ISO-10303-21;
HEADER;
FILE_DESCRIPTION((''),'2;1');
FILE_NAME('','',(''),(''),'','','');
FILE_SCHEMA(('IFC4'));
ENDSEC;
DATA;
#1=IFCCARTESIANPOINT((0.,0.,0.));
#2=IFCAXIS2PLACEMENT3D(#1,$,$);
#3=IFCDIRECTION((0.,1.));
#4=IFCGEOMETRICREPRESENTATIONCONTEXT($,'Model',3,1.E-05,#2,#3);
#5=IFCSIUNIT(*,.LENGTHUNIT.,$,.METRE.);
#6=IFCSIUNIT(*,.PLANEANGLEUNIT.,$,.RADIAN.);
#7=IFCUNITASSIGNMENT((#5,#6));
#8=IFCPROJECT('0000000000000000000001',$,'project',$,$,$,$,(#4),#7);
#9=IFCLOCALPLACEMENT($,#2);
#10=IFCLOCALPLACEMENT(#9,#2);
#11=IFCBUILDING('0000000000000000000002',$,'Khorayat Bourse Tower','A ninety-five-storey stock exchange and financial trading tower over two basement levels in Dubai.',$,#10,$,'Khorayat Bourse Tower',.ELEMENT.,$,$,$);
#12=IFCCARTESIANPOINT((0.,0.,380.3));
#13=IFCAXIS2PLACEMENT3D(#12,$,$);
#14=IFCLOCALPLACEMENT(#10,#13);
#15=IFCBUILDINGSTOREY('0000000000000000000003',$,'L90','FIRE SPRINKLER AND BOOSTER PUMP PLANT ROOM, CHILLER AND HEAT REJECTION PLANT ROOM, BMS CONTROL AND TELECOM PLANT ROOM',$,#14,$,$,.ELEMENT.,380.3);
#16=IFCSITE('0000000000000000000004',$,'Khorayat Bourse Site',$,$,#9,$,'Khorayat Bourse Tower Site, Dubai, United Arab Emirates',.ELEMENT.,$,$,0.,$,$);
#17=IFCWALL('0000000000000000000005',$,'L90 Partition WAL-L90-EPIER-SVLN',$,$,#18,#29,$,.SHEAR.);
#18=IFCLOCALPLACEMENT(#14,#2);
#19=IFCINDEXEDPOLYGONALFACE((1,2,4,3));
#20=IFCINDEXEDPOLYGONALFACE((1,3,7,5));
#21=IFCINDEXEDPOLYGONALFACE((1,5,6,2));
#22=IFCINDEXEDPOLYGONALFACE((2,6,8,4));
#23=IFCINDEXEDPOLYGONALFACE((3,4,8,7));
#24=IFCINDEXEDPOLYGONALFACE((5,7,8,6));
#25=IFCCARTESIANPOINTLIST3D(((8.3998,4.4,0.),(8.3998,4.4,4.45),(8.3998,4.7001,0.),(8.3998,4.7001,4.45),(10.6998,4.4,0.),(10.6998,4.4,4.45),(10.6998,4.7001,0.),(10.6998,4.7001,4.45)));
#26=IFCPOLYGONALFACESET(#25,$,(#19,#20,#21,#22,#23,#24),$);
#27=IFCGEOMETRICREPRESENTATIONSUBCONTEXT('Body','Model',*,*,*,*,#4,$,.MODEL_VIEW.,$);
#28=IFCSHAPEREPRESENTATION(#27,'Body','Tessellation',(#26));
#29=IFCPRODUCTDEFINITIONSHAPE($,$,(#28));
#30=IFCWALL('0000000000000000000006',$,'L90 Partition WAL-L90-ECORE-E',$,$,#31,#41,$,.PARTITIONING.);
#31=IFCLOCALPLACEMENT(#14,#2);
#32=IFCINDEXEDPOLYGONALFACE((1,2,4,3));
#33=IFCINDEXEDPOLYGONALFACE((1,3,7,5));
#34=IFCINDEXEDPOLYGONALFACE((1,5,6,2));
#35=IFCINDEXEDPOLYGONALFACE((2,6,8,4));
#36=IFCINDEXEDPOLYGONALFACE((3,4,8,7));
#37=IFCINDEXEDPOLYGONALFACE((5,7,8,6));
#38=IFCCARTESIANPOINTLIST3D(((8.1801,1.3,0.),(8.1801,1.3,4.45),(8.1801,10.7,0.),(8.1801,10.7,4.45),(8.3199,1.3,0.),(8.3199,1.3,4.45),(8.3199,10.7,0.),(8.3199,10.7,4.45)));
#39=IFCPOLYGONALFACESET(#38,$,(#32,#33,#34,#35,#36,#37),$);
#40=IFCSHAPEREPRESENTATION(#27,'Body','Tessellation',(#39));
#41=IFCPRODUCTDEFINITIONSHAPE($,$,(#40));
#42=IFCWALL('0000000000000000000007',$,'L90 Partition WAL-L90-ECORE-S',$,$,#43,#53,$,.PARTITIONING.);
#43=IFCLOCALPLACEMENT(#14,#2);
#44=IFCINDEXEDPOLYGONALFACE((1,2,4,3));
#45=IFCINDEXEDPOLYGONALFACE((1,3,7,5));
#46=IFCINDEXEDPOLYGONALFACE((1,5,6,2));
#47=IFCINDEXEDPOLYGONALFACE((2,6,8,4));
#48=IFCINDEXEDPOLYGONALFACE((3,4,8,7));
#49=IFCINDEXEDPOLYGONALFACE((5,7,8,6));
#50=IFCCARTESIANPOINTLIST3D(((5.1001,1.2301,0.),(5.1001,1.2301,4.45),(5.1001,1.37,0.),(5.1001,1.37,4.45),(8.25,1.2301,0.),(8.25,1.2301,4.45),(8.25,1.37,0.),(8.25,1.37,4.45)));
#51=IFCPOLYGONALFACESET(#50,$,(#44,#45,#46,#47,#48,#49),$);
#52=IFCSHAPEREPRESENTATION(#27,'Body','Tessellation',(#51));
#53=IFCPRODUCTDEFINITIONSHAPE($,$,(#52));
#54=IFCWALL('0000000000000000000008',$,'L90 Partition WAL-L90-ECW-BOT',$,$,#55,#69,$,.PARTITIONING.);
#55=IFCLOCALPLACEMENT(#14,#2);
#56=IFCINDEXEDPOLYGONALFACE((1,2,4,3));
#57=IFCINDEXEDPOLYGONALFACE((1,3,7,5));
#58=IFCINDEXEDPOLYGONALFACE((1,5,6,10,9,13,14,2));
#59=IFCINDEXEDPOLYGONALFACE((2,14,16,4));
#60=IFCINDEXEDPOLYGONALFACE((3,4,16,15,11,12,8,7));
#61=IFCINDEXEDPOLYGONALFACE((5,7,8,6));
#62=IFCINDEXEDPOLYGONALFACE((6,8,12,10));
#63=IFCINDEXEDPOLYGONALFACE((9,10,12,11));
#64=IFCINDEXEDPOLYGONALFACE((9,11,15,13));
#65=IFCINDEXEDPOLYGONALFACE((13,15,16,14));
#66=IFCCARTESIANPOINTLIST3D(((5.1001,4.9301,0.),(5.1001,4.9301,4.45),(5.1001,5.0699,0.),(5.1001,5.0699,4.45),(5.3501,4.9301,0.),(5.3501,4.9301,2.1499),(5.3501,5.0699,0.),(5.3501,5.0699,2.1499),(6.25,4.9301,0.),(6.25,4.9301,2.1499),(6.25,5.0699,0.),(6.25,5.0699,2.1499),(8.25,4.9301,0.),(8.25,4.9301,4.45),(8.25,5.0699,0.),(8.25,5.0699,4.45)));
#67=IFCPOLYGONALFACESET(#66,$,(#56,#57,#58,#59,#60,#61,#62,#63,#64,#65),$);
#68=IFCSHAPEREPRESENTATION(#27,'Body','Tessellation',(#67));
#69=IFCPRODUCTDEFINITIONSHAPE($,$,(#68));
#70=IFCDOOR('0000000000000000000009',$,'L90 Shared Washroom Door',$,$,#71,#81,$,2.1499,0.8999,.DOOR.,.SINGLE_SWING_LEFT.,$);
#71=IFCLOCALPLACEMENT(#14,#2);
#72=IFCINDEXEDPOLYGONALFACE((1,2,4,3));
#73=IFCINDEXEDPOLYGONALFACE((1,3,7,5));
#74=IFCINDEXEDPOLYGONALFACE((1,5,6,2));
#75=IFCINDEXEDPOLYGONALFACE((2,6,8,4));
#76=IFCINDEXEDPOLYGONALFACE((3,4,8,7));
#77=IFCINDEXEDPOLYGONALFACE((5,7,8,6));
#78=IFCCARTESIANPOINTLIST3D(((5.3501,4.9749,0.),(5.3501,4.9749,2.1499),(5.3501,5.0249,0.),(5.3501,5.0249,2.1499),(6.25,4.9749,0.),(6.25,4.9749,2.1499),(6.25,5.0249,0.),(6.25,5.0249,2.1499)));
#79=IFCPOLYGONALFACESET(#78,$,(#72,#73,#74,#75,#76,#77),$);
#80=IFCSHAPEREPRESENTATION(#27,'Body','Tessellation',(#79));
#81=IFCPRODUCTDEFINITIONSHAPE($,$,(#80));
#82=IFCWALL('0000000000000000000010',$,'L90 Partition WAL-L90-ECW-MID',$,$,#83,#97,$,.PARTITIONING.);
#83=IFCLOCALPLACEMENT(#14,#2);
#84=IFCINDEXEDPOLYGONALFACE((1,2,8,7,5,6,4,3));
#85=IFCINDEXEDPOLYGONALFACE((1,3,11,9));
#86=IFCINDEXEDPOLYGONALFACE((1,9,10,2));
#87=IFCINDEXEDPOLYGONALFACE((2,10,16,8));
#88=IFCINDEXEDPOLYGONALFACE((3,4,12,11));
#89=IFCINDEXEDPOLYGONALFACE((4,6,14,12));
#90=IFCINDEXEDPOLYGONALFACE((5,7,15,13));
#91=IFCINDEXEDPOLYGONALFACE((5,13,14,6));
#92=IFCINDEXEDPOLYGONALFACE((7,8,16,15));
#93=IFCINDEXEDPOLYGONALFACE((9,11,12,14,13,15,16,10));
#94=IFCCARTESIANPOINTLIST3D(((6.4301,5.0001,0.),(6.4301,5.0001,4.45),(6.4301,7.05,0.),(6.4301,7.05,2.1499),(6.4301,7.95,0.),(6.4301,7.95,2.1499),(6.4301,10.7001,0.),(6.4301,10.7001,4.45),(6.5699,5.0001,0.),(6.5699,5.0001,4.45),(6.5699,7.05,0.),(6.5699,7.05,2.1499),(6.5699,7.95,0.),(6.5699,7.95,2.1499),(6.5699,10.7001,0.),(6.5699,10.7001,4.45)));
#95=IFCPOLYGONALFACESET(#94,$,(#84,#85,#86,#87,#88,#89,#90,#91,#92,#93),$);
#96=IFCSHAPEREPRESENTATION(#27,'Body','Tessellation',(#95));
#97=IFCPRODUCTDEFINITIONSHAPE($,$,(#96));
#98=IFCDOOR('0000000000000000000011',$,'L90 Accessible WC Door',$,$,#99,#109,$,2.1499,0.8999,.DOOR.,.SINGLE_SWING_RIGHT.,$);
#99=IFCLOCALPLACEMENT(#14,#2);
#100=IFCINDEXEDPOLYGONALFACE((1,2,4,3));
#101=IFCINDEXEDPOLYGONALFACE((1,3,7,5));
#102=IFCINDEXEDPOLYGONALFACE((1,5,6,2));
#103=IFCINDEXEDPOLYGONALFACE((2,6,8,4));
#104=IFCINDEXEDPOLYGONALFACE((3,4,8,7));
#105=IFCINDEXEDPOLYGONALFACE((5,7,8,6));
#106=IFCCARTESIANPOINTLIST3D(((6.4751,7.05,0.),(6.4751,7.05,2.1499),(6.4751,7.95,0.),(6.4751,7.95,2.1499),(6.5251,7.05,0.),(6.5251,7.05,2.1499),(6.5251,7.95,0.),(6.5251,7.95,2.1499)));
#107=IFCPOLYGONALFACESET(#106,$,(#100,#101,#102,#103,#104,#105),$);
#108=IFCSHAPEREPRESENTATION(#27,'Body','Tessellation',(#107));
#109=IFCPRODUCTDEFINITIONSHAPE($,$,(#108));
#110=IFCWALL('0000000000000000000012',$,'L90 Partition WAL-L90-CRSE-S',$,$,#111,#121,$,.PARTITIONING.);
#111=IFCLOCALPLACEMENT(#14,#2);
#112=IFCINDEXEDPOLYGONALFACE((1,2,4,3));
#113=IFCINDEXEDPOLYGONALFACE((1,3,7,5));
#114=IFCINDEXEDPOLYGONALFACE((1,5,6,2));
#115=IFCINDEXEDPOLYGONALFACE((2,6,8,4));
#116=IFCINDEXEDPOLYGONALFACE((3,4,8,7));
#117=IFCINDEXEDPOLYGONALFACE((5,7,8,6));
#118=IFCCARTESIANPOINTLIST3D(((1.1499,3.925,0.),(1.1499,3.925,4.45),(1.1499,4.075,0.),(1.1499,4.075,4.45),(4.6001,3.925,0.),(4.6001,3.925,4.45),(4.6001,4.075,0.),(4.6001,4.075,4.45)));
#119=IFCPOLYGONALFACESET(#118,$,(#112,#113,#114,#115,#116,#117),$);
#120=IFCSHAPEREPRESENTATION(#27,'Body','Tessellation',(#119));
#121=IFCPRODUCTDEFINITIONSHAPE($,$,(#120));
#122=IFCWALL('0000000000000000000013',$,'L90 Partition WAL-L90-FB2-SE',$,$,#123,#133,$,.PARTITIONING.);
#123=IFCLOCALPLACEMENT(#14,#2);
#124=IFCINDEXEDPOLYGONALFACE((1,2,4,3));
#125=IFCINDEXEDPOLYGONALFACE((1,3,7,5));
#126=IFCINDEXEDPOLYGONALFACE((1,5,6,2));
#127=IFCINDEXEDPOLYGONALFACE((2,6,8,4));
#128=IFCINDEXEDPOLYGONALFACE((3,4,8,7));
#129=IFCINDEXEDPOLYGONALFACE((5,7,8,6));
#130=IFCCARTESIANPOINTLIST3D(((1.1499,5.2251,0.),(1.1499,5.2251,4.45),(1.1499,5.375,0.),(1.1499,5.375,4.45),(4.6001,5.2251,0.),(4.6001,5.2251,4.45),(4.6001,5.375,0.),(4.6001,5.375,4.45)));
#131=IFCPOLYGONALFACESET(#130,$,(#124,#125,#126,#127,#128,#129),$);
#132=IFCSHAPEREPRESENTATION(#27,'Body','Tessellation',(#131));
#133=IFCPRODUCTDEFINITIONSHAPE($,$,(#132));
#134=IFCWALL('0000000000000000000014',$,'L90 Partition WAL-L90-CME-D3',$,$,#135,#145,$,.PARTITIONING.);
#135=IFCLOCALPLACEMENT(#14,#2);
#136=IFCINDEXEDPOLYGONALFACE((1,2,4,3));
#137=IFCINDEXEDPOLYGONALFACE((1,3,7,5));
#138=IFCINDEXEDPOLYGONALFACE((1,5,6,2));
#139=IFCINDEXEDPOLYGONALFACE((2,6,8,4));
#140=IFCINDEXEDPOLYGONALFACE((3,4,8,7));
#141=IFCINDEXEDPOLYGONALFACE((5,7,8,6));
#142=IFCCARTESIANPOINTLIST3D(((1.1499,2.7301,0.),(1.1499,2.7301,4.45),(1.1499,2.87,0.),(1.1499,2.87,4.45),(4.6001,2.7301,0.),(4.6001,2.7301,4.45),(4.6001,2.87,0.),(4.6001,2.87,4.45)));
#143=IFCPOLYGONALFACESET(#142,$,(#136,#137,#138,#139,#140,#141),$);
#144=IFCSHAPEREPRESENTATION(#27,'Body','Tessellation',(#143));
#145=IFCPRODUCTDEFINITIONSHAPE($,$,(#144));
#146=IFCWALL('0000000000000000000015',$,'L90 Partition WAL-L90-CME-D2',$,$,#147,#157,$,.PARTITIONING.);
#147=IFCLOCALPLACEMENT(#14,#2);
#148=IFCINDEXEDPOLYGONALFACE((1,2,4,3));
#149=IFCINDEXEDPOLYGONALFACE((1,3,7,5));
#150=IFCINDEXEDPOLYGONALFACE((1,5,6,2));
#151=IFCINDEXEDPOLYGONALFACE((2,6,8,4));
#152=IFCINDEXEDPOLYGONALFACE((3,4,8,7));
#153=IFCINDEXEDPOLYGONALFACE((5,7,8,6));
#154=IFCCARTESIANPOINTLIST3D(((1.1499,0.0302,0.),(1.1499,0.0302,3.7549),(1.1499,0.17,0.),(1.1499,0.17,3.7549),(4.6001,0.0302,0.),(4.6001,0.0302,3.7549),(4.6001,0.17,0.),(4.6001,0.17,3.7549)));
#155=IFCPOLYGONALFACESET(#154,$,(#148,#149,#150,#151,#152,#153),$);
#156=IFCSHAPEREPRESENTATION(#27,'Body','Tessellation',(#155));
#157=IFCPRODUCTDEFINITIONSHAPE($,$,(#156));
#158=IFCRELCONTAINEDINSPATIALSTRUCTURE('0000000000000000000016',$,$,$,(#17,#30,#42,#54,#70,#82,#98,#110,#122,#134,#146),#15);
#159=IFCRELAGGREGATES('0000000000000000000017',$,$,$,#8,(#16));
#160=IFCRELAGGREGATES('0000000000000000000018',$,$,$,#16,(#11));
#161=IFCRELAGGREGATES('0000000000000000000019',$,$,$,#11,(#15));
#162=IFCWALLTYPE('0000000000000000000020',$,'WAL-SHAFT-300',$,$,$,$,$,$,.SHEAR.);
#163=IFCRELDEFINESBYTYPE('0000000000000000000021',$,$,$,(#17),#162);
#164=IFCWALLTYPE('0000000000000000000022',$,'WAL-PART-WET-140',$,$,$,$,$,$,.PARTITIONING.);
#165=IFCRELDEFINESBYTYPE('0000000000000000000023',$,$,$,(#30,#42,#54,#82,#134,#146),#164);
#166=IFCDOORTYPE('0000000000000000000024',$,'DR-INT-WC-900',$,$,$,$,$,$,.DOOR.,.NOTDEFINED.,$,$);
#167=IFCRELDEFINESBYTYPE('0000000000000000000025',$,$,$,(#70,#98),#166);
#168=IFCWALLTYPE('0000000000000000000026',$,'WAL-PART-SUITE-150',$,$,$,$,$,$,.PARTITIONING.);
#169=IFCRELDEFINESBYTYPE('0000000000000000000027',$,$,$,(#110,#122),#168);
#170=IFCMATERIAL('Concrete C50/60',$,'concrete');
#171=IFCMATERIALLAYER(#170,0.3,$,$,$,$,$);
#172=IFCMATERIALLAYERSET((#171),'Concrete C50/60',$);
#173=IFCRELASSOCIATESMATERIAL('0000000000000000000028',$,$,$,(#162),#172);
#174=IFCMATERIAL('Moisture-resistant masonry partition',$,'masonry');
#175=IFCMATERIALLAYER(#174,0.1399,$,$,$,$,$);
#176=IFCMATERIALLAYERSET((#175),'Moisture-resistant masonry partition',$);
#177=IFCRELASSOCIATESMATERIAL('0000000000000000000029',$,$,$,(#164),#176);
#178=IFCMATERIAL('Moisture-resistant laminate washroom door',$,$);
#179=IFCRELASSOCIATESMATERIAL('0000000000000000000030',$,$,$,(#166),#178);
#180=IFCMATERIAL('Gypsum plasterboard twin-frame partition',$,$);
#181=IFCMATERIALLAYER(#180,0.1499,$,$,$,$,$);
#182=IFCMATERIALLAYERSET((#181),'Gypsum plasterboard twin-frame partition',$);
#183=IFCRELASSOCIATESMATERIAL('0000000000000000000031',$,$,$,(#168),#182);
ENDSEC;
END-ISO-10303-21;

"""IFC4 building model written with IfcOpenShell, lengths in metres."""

from ifc_helpers import new_model, si_unit, direction, frame, frame_2d, origin, place, context, subcontext, project, spatial, rectangle, extrude, source, transform, mapped, material, layer, layer_set, type_object, element, fill, save


model = new_model("IFC4")

# Units and contexts
model_context = context("Model", 3, precision=1e-05, world=origin(), true_north=direction((0.0, 1.0)))
body_context = subcontext(model_context, "Body", "Model", "MODEL_VIEW")
ifc_project = project(units=[si_unit("LENGTHUNIT", "METRE"), si_unit("PLANEANGLEUNIT", "RADIAN")], contexts=[model_context])

# Site, building, storey
site_placement = place(None, origin())
site = spatial("IfcSite", under=ifc_project, at=site_placement, Name="Khorayat Bourse Site", LongName="Khorayat Bourse Tower Site, Dubai, United Arab Emirates", CompositionType="ELEMENT", RefElevation=0.0)
building_placement = place(site_placement, origin())
building = spatial("IfcBuilding", under=site, at=building_placement, Name="Khorayat Bourse Tower", Description="A ninety-five-storey stock exchange and financial trading tower over two basement levels in Dubai.", LongName="Khorayat Bourse Tower", CompositionType="ELEMENT")
storey_placement = place(building_placement, frame((0.0, 0.0, 380.3)))
storey = spatial("IfcBuildingStorey", under=building, at=storey_placement, Name="L90", Description="FIRE SPRINKLER AND BOOSTER PUMP PLANT ROOM, CHILLER AND HEAT REJECTION PLANT ROOM, BMS CONTROL AND TELECOM PLANT ROOM", CompositionType="ELEMENT", Elevation=380.3)

# Walls
ifc_material_1 = material(Name="Concrete C50/60", Category="concrete")
ifc_layer_1 = layer(ifc_material_1, 0.3)
ifc_layer_set_1 = layer_set([ifc_layer_1], Name="Concrete C50/60")
wall_type_1 = type_object("IfcWallType", Name="WAL-SHAFT-300", PredefinedType="SHEAR", material=ifc_layer_set_1)
shared_shape_1 = source(origin(), body_context, "Body", "SweptSolid", [
    extrude(rectangle(XDim=2.3, YDim=0.3, at=frame_2d((1.1499, 0.0))), origin(), (0.0, 0.0, 1.0), 4.45),
])
wall_1_placement = place(storey_placement, frame((8.3999, 4.55, 0.0), z_axis=(0.0, 0.0, 1.0), x_axis=(1.0, 0.0, 0.0)))
element("IfcWall", 1, at=wall_1_placement, inside=storey, type_object=wall_type_1, Name="L90 Partition WAL-L90-EPIER-SVLN", PredefinedType="SHEAR", context=body_context, shape_type="MappedRepresentation", body=[
    mapped(shared_shape_1, transform((0.0, 0.0, 0.0), scale=1.0)),
])
ifc_material_2 = material(Name="Moisture-resistant masonry partition", Category="masonry")
ifc_layer_2 = layer(ifc_material_2, 0.1399)
ifc_layer_set_2 = layer_set([ifc_layer_2], Name="Moisture-resistant masonry partition")
wall_type_2 = type_object("IfcWallType", Name="WAL-PART-WET-140", PredefinedType="PARTITIONING", material=ifc_layer_set_2)
shared_shape_2 = source(origin(), body_context, "Body", "SweptSolid", [
    extrude(rectangle(XDim=9.3999, YDim=0.1399, at=frame_2d((4.7, 0.0))), origin(), (0.0, 0.0, 1.0), 4.45),
])
wall_2_placement = place(storey_placement, frame((8.25, 1.3, 0.0), z_axis=(0.0, 0.0, 1.0), x_axis=(0.0, 1.0, 0.0)))
element("IfcWall", 2, at=wall_2_placement, inside=storey, type_object=wall_type_2, Name="L90 Partition WAL-L90-ECORE-E", PredefinedType="PARTITIONING", context=body_context, shape_type="MappedRepresentation", body=[
    mapped(shared_shape_2, transform((0.0, 0.0, 0.0), scale=1.0)),
])
shared_shape_3 = source(origin(), body_context, "Body", "SweptSolid", [
    extrude(rectangle(XDim=3.1499, YDim=0.1399, at=frame_2d((1.575, 0.0))), origin(), (0.0, 0.0, 1.0), 4.45),
])
wall_3_placement = place(storey_placement, frame((5.1001, 1.3, 0.0), z_axis=(0.0, 0.0, 1.0), x_axis=(1.0, 0.0, 0.0)))
element("IfcWall", 3, at=wall_3_placement, inside=storey, type_object=wall_type_2, Name="L90 Partition WAL-L90-ECORE-S", PredefinedType="PARTITIONING", context=body_context, shape_type="MappedRepresentation", body=[
    mapped(shared_shape_3, transform((0.0, 0.0, 0.0), scale=1.0)),
])

# Walls, openings, doors
wall_4_placement = place(storey_placement, frame((5.1001, 5.0, 0.0), z_axis=(0.0, 0.0, 1.0), x_axis=(1.0, 0.0, 0.0)))
wall_4 = element("IfcWall", 4, at=wall_4_placement, inside=storey, type_object=wall_type_2, Name="L90 Partition WAL-L90-ECW-BOT", PredefinedType="PARTITIONING", context=body_context, shape_type="MappedRepresentation", body=[
    mapped(shared_shape_3, transform((0.0, 0.0, 0.0), scale=1.0)),
])
shared_shape_4 = source(origin(), body_context, "Body", "SweptSolid", [
    extrude(rectangle(XDim=0.8999, YDim=2.1499, at=frame_2d((0.45, 1.075))), frame((0.0, 0.0798, 0.0), z_axis=(0.0, -1.0, 0.0), x_axis=(1.0, 0.0, 0.0)), (0.0, 0.0, 1.0), 0.1599),
])
opening_1_placement = place(wall_4_placement, frame((0.25, 0.0, 0.0)))
opening_1 = element("IfcOpeningElement", 5, at=opening_1_placement, cuts=wall_4, PredefinedType="OPENING", context=body_context, shape_type="MappedRepresentation", body=[
    mapped(shared_shape_4, transform((0.0, 0.0, 0.0), scale=1.0)),
])
ifc_material_3 = material(Name="Moisture-resistant laminate washroom door")
door_type = type_object("IfcDoorType", Name="DR-INT-WC-900", OperationType="NOTDEFINED", PredefinedType="DOOR", material=ifc_material_3)
shared_shape_5 = source(origin(), body_context, "Body", "SweptSolid", [
    extrude(rectangle(XDim=0.8999, YDim=2.1499, at=frame_2d((0.45, 1.075))), frame((0.0, 0.0249, 0.0), z_axis=(0.0, -1.0, 0.0), x_axis=(1.0, 0.0, 0.0)), (0.0, 0.0, 1.0), 0.05),
])
door_1_placement = place(opening_1_placement, origin())
door_1 = element("IfcDoor", 6, at=door_1_placement, inside=storey, type_object=door_type, Name="L90 Shared Washroom Door", OperationType="SINGLE_SWING_LEFT", OverallHeight=2.1499, OverallWidth=0.8999, PredefinedType="DOOR", context=body_context, shape_type="MappedRepresentation", body=[
    mapped(shared_shape_5, transform((0.0, 0.0, 0.0), scale=1.0)),
])
fill(opening_1, door_1)
shared_shape_6 = source(origin(), body_context, "Body", "SweptSolid", [
    extrude(rectangle(XDim=5.7, YDim=0.1399, at=frame_2d((2.8501, 0.0))), origin(), (0.0, 0.0, 1.0), 4.45),
])
wall_5_placement = place(storey_placement, frame((6.5, 5.0, 0.0), z_axis=(0.0, 0.0, 1.0), x_axis=(0.0, 1.0, 0.0)))
wall_5 = element("IfcWall", 7, at=wall_5_placement, inside=storey, type_object=wall_type_2, Name="L90 Partition WAL-L90-ECW-MID", PredefinedType="PARTITIONING", context=body_context, shape_type="MappedRepresentation", body=[
    mapped(shared_shape_6, transform((0.0, 0.0, 0.0), scale=1.0)),
])
opening_2_placement = place(wall_5_placement, frame((2.05, 0.0, 0.0)))
opening_2 = element("IfcOpeningElement", 8, at=opening_2_placement, cuts=wall_5, PredefinedType="OPENING", context=body_context, shape_type="MappedRepresentation", body=[
    mapped(shared_shape_4, transform((0.0, 0.0, 0.0), scale=1.0)),
])
door_2_placement = place(opening_2_placement, origin())
door_2 = element("IfcDoor", 9, at=door_2_placement, inside=storey, type_object=door_type, Name="L90 Accessible WC Door", OperationType="SINGLE_SWING_RIGHT", OverallHeight=2.1499, OverallWidth=0.8999, PredefinedType="DOOR", context=body_context, shape_type="MappedRepresentation", body=[
    mapped(shared_shape_5, transform((0.0, 0.0, 0.0), scale=1.0)),
])
fill(opening_2, door_2)

# Walls
ifc_material_4 = material(Name="Gypsum plasterboard twin-frame partition")
ifc_layer_3 = layer(ifc_material_4, 0.1499)
ifc_layer_set_3 = layer_set([ifc_layer_3], Name="Gypsum plasterboard twin-frame partition")
wall_type_3 = type_object("IfcWallType", Name="WAL-PART-SUITE-150", PredefinedType="PARTITIONING", material=ifc_layer_set_3)
shared_shape_7 = source(origin(), body_context, "Body", "SweptSolid", [
    extrude(rectangle(XDim=3.4502, YDim=0.1499, at=frame_2d((1.7251, 0.0))), origin(), (0.0, 0.0, 1.0), 4.45),
])
for number, where, z_axis, x_axis, name in (
    (10, (1.1499, 4.0, 0.0), (0.0, 0.0, 1.0), (1.0, 0.0, 0.0), "L90 Partition WAL-L90-CRSE-S"),
    (11, (1.1499, 5.3, 0.0), (0.0, 0.0, 1.0), (1.0, 0.0, 0.0), "L90 Partition WAL-L90-FB2-SE"),
):
    element("IfcWall", number, at=place(storey_placement, frame(where, z_axis=z_axis, x_axis=x_axis)), inside=storey, type_object=wall_type_3, Name=name, PredefinedType="PARTITIONING", context=body_context, shape_type="MappedRepresentation", body=[
        mapped(shared_shape_7, transform((0.0, 0.0, 0.0), scale=1.0)),
    ])
shared_shape_8 = source(origin(), body_context, "Body", "SweptSolid", [
    extrude(rectangle(XDim=3.4502, YDim=0.1399, at=frame_2d((1.7251, 0.0))), origin(), (0.0, 0.0, 1.0), 4.45),
])
wall_6_placement = place(storey_placement, frame((1.1499, 2.8, 0.0), z_axis=(0.0, 0.0, 1.0), x_axis=(1.0, 0.0, 0.0)))
element("IfcWall", 12, at=wall_6_placement, inside=storey, type_object=wall_type_2, Name="L90 Partition WAL-L90-CME-D3", PredefinedType="PARTITIONING", context=body_context, shape_type="MappedRepresentation", body=[
    mapped(shared_shape_8, transform((0.0, 0.0, 0.0), scale=1.0)),
])

# Wall
shared_shape_9 = source(origin(), body_context, "Body", "SweptSolid", [
    extrude(rectangle(XDim=3.4502, YDim=0.1399, at=frame_2d((1.7251, 0.0))), origin(), (0.0, 0.0, 1.0), 3.7549),
])
wall_7_placement = place(storey_placement, frame((1.1499, 0.1001, 0.0), z_axis=(0.0, 0.0, 1.0), x_axis=(1.0, 0.0, 0.0)))
element("IfcWall", 13, at=wall_7_placement, inside=storey, type_object=wall_type_2, Name="L90 Partition WAL-L90-CME-D2", PredefinedType="PARTITIONING", context=body_context, shape_type="MappedRepresentation", body=[
    mapped(shared_shape_9, transform((0.0, 0.0, 0.0), scale=1.0)),
])

save(model, "model.ifc")
